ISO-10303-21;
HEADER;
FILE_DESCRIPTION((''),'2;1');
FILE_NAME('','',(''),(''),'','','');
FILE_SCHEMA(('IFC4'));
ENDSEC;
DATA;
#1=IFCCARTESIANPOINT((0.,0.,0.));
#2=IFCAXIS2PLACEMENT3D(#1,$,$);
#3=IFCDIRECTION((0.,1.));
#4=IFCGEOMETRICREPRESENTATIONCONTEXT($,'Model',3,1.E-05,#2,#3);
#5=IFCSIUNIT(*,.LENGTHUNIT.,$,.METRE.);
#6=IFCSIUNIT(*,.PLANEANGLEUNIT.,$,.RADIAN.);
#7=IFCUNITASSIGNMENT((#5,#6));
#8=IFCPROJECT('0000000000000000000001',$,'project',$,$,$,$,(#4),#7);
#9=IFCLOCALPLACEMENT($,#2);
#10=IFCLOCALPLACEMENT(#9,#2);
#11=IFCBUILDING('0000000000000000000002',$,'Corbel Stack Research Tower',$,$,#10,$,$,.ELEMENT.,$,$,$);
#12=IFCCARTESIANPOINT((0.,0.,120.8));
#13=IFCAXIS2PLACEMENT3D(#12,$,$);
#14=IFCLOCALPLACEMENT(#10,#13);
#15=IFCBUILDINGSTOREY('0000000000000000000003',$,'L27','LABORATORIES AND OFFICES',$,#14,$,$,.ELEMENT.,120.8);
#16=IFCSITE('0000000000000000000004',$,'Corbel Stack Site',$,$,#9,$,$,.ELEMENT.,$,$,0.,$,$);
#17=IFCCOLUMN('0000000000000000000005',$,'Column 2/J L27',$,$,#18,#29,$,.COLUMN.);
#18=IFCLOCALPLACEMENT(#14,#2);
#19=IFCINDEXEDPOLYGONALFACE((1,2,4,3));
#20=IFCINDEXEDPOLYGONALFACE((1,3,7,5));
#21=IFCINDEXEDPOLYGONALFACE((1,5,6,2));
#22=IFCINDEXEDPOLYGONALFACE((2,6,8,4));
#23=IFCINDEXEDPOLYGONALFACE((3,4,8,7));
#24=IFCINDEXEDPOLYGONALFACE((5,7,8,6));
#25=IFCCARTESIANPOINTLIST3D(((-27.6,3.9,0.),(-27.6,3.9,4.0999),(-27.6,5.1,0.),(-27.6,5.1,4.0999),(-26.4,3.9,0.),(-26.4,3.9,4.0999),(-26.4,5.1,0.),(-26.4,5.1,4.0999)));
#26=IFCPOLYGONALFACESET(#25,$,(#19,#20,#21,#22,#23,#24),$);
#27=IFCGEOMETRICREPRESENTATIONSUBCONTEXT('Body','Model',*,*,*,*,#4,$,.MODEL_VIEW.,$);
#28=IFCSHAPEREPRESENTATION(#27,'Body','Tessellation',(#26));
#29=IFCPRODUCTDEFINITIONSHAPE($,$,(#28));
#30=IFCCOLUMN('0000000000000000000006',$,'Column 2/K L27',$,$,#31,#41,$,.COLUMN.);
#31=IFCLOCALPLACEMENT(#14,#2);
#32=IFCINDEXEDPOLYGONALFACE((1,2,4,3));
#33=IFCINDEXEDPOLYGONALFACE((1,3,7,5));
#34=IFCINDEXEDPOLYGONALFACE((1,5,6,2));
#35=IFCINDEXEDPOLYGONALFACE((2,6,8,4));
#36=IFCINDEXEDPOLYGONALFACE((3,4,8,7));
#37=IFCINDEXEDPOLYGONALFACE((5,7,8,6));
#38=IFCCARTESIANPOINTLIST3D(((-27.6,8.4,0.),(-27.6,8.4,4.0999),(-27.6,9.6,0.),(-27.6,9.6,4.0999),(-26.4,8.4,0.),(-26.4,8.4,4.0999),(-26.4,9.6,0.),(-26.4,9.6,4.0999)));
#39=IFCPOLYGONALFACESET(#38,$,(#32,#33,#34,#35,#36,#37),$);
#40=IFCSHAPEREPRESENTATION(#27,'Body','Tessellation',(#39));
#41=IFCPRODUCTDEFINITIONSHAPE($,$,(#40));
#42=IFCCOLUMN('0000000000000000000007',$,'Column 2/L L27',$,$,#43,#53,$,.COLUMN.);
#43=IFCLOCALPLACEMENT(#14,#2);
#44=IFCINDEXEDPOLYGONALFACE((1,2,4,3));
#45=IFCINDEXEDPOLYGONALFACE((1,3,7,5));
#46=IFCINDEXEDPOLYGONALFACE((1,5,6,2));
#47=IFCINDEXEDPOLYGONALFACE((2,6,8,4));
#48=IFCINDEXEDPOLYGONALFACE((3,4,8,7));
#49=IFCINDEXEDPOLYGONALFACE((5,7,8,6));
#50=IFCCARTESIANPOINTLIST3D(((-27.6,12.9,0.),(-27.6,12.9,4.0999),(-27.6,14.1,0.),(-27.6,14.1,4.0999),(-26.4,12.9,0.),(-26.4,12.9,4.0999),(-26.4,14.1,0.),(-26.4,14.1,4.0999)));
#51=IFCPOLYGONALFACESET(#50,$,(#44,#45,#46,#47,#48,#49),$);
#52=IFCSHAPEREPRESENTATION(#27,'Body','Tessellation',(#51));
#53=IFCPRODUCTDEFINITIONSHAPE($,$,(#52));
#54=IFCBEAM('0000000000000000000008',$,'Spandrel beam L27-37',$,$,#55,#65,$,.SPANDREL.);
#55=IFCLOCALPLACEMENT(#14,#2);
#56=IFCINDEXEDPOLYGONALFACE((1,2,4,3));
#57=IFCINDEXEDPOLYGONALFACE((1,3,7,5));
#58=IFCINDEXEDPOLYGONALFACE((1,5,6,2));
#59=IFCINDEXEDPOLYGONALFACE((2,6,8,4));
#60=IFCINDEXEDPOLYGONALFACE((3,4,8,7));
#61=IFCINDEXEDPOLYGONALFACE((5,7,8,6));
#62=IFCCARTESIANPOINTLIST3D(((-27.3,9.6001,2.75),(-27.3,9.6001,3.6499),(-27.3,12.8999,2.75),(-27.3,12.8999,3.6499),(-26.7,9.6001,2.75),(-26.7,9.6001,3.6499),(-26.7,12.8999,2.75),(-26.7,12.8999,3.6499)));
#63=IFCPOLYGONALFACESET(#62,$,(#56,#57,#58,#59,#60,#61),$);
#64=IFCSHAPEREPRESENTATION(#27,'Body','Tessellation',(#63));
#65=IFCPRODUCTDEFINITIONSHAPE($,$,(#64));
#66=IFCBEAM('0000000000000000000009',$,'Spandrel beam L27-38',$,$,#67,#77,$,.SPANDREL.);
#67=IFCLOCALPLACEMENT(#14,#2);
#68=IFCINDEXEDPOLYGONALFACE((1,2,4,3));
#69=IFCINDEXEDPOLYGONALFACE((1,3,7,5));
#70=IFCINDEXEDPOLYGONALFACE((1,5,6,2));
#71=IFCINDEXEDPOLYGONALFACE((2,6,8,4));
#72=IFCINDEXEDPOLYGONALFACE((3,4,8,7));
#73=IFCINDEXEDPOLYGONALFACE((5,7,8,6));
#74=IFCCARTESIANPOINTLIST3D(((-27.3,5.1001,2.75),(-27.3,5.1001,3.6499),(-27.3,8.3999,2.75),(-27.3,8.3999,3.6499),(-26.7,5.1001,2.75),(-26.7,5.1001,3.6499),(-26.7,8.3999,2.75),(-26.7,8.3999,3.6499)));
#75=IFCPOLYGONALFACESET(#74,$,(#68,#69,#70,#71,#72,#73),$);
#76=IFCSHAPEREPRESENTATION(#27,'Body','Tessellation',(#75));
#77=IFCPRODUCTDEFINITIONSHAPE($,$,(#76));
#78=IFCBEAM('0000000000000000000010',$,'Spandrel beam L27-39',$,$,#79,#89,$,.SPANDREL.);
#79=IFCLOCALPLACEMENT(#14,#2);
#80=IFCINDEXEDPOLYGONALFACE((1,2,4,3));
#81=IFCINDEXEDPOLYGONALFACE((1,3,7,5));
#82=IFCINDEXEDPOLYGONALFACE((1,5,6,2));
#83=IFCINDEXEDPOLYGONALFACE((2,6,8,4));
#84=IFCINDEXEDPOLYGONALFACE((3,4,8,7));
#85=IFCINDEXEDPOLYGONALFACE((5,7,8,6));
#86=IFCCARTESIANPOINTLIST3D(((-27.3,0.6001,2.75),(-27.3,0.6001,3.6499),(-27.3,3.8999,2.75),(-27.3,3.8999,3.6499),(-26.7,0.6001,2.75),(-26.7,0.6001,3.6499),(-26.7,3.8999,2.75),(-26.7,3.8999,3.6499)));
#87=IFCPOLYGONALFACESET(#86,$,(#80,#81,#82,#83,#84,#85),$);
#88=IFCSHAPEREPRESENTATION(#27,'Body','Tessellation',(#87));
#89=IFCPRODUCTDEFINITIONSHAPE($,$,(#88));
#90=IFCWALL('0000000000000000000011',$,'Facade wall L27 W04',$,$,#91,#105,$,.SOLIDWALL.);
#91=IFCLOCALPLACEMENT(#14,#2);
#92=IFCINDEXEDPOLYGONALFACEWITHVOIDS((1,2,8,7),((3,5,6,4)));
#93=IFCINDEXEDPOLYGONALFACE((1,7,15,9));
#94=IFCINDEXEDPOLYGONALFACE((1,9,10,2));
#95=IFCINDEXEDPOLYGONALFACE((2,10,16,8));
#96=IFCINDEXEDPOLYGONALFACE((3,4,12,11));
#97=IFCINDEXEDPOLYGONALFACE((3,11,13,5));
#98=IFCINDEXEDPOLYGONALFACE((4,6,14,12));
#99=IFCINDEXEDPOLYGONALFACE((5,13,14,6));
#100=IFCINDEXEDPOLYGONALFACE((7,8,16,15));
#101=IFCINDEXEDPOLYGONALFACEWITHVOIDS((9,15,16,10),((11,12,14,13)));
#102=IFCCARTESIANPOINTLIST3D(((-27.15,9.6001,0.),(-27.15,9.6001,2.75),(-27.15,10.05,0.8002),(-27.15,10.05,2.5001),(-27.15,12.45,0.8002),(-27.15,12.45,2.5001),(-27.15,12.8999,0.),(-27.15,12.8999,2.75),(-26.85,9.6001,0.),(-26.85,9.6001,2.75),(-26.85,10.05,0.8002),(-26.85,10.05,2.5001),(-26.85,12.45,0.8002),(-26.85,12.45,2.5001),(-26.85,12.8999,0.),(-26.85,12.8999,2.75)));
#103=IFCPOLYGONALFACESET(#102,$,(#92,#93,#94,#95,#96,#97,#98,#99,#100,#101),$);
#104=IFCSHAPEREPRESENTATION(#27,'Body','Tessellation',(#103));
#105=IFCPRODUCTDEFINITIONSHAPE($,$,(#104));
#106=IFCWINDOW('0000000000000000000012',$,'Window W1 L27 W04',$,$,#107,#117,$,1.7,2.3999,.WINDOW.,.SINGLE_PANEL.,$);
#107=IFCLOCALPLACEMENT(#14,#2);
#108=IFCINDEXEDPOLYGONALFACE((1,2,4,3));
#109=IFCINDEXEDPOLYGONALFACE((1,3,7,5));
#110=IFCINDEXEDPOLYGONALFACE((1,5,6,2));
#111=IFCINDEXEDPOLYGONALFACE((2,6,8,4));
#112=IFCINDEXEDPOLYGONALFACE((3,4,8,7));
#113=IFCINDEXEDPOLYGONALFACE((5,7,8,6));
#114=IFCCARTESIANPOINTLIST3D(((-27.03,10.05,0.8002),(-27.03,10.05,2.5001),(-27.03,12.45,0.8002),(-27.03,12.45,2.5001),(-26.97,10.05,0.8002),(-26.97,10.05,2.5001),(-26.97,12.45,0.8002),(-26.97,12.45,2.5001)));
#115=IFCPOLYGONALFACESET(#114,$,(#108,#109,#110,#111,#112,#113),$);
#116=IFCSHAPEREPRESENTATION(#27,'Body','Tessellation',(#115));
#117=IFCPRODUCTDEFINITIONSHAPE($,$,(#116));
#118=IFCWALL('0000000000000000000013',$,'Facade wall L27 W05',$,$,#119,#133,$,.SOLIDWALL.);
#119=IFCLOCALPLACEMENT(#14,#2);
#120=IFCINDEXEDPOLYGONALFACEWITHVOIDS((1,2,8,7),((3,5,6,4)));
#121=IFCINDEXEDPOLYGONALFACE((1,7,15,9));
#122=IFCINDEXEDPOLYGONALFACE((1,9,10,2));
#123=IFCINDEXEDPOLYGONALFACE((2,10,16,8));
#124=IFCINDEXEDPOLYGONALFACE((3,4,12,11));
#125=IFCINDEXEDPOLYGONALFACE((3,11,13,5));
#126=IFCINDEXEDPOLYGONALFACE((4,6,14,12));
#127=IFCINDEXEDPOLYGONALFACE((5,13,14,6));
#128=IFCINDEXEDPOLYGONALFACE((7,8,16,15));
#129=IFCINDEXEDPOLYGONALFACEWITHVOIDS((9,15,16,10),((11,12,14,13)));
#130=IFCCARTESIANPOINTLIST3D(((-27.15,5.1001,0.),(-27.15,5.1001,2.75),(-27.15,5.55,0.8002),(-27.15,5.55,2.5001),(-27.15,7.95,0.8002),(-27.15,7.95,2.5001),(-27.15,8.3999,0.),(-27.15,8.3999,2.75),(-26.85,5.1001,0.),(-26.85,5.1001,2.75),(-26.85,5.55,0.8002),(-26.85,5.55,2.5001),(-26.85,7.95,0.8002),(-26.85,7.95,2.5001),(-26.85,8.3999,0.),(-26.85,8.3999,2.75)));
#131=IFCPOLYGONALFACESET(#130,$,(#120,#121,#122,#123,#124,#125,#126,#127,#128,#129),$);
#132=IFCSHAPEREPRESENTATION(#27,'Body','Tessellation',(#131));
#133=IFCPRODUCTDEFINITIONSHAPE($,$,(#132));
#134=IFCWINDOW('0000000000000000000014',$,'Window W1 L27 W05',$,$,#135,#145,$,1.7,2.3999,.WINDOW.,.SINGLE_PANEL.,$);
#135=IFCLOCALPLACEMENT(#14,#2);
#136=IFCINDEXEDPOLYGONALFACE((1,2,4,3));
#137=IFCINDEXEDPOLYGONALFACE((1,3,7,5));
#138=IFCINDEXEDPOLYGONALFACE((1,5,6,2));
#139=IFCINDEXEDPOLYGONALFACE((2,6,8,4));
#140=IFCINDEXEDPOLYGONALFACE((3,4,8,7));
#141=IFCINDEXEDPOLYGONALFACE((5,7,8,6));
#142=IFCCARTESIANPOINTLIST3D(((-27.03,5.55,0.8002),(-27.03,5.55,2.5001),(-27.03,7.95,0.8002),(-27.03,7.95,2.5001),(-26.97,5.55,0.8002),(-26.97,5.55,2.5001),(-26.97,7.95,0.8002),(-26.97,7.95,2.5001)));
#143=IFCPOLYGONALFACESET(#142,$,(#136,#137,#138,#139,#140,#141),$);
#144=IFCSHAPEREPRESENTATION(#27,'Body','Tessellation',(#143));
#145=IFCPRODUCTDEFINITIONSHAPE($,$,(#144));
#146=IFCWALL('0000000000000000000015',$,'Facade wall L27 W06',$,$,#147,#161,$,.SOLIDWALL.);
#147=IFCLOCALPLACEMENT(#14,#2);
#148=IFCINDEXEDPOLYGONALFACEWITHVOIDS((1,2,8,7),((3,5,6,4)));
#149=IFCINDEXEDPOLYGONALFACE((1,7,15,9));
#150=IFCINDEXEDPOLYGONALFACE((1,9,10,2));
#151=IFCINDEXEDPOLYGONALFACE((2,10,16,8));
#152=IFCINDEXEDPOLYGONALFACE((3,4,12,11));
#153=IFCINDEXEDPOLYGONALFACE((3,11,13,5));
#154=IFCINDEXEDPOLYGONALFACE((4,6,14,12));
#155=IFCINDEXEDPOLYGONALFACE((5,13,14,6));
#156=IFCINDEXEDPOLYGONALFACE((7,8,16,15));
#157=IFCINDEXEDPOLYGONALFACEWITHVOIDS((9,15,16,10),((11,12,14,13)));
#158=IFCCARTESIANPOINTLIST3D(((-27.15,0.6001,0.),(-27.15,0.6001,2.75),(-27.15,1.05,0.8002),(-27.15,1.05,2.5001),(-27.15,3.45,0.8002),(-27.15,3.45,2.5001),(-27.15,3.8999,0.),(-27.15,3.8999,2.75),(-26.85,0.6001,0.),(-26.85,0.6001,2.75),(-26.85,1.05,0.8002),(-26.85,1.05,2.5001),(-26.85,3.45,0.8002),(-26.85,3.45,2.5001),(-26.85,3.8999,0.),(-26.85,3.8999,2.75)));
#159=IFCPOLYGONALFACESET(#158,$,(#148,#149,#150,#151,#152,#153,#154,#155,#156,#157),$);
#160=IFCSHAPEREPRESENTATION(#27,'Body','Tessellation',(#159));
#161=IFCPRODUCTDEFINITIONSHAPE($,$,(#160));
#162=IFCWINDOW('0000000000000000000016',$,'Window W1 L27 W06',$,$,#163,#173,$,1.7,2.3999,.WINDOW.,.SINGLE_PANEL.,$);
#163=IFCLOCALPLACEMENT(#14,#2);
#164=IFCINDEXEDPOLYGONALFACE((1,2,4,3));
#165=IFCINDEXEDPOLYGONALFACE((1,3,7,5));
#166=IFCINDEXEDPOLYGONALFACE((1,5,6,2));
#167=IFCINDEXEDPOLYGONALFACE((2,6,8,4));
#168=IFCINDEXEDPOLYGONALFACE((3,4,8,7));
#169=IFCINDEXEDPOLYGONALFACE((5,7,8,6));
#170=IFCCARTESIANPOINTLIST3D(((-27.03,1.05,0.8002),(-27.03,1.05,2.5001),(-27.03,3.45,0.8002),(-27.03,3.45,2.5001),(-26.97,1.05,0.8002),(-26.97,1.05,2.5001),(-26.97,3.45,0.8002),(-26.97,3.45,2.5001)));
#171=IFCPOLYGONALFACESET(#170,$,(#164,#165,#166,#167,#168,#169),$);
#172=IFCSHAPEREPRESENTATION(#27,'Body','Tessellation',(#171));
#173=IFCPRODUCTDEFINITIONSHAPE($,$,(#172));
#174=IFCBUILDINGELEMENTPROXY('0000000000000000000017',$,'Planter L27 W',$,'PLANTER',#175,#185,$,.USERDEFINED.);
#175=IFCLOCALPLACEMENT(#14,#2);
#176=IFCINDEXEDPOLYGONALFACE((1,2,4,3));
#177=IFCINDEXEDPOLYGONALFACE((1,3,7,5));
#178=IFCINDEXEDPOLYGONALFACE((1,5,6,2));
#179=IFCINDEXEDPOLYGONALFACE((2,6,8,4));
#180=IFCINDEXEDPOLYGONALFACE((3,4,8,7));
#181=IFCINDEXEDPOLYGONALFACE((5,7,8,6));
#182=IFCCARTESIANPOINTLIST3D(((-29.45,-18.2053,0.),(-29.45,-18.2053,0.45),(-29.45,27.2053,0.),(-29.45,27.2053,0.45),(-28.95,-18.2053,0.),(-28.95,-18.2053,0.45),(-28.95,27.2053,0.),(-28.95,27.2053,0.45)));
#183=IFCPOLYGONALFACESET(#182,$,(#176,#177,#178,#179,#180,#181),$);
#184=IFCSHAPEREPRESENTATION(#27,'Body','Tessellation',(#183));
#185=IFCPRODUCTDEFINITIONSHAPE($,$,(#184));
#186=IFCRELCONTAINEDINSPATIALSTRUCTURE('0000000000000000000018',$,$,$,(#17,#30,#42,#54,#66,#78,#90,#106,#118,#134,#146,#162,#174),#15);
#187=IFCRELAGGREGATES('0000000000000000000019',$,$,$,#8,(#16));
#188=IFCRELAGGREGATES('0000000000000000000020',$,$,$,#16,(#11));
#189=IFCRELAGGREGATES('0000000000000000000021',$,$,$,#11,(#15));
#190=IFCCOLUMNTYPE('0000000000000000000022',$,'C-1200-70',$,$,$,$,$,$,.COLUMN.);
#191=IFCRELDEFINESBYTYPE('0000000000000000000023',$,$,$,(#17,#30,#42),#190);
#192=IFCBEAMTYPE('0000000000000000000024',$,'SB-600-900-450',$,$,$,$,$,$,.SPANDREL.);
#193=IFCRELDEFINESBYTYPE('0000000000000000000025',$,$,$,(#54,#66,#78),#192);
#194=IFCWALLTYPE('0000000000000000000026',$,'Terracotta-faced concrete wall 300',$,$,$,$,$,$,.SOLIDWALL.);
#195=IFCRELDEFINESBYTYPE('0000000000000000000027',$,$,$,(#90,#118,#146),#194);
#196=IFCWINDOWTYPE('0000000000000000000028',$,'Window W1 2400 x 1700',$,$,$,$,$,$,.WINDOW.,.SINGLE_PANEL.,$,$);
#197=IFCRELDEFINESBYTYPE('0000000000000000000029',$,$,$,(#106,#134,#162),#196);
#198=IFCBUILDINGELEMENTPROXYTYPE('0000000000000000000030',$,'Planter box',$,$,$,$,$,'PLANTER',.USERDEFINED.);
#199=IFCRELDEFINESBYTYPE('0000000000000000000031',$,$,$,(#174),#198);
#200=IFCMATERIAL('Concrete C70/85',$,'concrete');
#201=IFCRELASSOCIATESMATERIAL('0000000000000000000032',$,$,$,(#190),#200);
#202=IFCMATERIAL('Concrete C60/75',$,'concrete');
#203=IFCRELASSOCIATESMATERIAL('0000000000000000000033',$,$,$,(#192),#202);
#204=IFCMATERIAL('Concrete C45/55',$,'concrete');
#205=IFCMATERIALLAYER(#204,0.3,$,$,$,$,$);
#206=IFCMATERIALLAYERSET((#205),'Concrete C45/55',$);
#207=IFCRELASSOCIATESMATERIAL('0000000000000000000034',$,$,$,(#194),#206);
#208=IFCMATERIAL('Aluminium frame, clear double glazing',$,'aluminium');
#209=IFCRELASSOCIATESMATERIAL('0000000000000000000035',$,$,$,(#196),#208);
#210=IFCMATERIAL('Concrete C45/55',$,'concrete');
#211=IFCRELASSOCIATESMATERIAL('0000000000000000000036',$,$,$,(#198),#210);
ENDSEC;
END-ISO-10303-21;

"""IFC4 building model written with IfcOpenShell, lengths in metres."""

from ifc_helpers import new_model, si_unit, direction, frame, frame_2d, origin, origin_2d, place, context, subcontext, project, spatial, rectangle, extrude, material, layer, layer_set, material_profile, profile_set, type_object, element, fill, save


model = new_model("IFC4")

# Units and contexts
model_context = context("Model", 3, precision=1e-05, world=origin(), true_north=direction((0.0, 1.0)))
body_context = subcontext(model_context, "Body", "Model", "MODEL_VIEW")
ifc_project = project(units=[si_unit("LENGTHUNIT", "METRE"), si_unit("PLANEANGLEUNIT", "RADIAN")], contexts=[model_context])

# Site, building, storey
site_placement = place(None, origin())
site = spatial("IfcSite", under=ifc_project, at=site_placement, Name="Corbel Stack Site", CompositionType="ELEMENT", RefElevation=0.0)
building_placement = place(site_placement, origin())
building = spatial("IfcBuilding", under=site, at=building_placement, Name="Corbel Stack Research Tower", CompositionType="ELEMENT")
storey_placement = place(building_placement, frame((0.0, 0.0, 120.8)))
storey = spatial("IfcBuildingStorey", under=building, at=storey_placement, Name="L27", Description="LABORATORIES AND OFFICES", CompositionType="ELEMENT", Elevation=120.8)

# Columns
ifc_material_1 = material(Name="Concrete C70/85", Category="concrete")
ifc_material_profile_1 = material_profile(ifc_material_1, rectangle(XDim=1.2, YDim=1.2, at=origin_2d()), Name="RC 1200 x 1200")
ifc_profile_set_1 = profile_set([ifc_material_profile_1], Name="Concrete C70/85")
column_type = type_object("IfcColumnType", Name="C-1200-70", PredefinedType="COLUMN", material=ifc_profile_set_1)
for number, where, z_axis, x_axis, name in (
    (1, (-27.0, 4.5, 0.0), (0.0, 0.0, 1.0), (1.0, 0.0, 0.0), "Column 2/J L27"),
    (2, (-27.0, 9.0, 0.0), (0.0, 0.0, 1.0), (1.0, 0.0, 0.0), "Column 2/K L27"),
    (3, (-27.0, 13.5, 0.0), (0.0, 0.0, 1.0), (1.0, 0.0, 0.0), "Column 2/L L27"),
):
    element("IfcColumn", number, at=place(storey_placement, frame(where, z_axis=z_axis, x_axis=x_axis)), inside=storey, type_object=column_type, Name=name, PredefinedType="COLUMN", context=body_context, shape_type="SweptSolid", body=[
        extrude(rectangle(XDim=1.2, YDim=1.2, at=origin_2d()), origin(), (0.0, 0.0, 1.0), 4.0999),
    ])

# Beams
ifc_material_2 = material(Name="Concrete C60/75", Category="concrete")
ifc_material_profile_2 = material_profile(ifc_material_2, rectangle(XDim=0.6001, YDim=0.8999, at=origin_2d()), Name="RC 600 x 900")
ifc_profile_set_2 = profile_set([ifc_material_profile_2], Name="Concrete C60/75")
beam_type = type_object("IfcBeamType", Name="SB-600-900-450", PredefinedType="SPANDREL", material=ifc_profile_set_2)
for number, where, z_axis, x_axis, name in (
    (4, (-27.0, 12.8999, 3.2), (0.0, -1.0, 0.0), (1.0, 0.0, 0.0), "Spandrel beam L27-37"),
    (5, (-27.0, 8.3999, 3.2), (0.0, -1.0, 0.0), (1.0, 0.0, 0.0), "Spandrel beam L27-38"),
    (6, (-27.0, 3.8999, 3.2), (0.0, -1.0, 0.0), (1.0, 0.0, 0.0), "Spandrel beam L27-39"),
):
    element("IfcBeam", number, at=place(storey_placement, frame(where, z_axis=z_axis, x_axis=x_axis)), inside=storey, type_object=beam_type, Name=name, PredefinedType="SPANDREL", context=body_context, shape_type="SweptSolid", body=[
        extrude(rectangle(XDim=0.6001, YDim=0.8999, at=origin_2d()), origin(), (0.0, 0.0, 1.0), 3.2998),
    ])

# Walls, openings, windows
ifc_material_3 = material(Name="Concrete C45/55", Category="concrete")
ifc_layer = layer(ifc_material_3, 0.3)
ifc_layer_set = layer_set([ifc_layer], Name="Concrete C45/55")
wall_type = type_object("IfcWallType", Name="Terracotta-faced concrete wall 300", PredefinedType="SOLIDWALL", material=ifc_layer_set)
wall_1_placement = place(storey_placement, frame((-27.0, 9.6001, 0.0), z_axis=(0.0, 0.0, 1.0), x_axis=(0.0, 1.0, 0.0)))
wall_1 = element("IfcWall", 7, at=wall_1_placement, inside=storey, type_object=wall_type, Name="Facade wall L27 W04", PredefinedType="SOLIDWALL", context=body_context, shape_type="SweptSolid", body=[
    extrude(rectangle(XDim=3.2998, YDim=0.3, at=frame_2d((1.6499, 0.0))), origin(), (0.0, 0.0, 1.0), 2.75),
])
opening_1_placement = place(wall_1_placement, frame((0.45, 0.0, 0.8)))
opening_1 = element("IfcOpeningElement", 8, at=opening_1_placement, cuts=wall_1, PredefinedType="OPENING", context=body_context, shape_type="SweptSolid", body=[
    extrude(rectangle(XDim=2.3999, YDim=1.7, at=frame_2d((1.2, 0.8501))), frame((0.0, 0.1599, 0.0), z_axis=(0.0, -1.0, 0.0), x_axis=(1.0, 0.0, 0.0)), (0.0, 0.0, 1.0), 0.3201),
])
ifc_material_4 = material(Name="Aluminium frame, clear double glazing", Category="aluminium")
window_type = type_object("IfcWindowType", Name="Window W1 2400 x 1700", PartitioningType="SINGLE_PANEL", PredefinedType="WINDOW", material=ifc_material_4)
window_1_placement = place(opening_1_placement, origin())
window_1 = element("IfcWindow", 9, at=window_1_placement, inside=storey, type_object=window_type, Name="Window W1 L27 W04", OverallHeight=1.7, OverallWidth=2.3999, PartitioningType="SINGLE_PANEL", PredefinedType="WINDOW", context=body_context, shape_type="SweptSolid", body=[
    extrude(rectangle(XDim=2.3999, YDim=1.7, at=frame_2d((1.2, 0.8501))), frame((0.0, 0.03, 0.0), z_axis=(0.0, -1.0, 0.0), x_axis=(1.0, 0.0, 0.0)), (0.0, 0.0, 1.0), 0.0601),
])
fill(opening_1, window_1)
wall_2_placement = place(storey_placement, frame((-27.0, 5.1001, 0.0), z_axis=(0.0, 0.0, 1.0), x_axis=(0.0, 1.0, 0.0)))
wall_2 = element("IfcWall", 10, at=wall_2_placement, inside=storey, type_object=wall_type, Name="Facade wall L27 W05", PredefinedType="SOLIDWALL", context=body_context, shape_type="SweptSolid", body=[
    extrude(rectangle(XDim=3.2998, YDim=0.3, at=frame_2d((1.6499, 0.0))), origin(), (0.0, 0.0, 1.0), 2.75),
])
opening_2_placement = place(wall_2_placement, frame((0.45, 0.0, 0.8)))
opening_2 = element("IfcOpeningElement", 11, at=opening_2_placement, cuts=wall_2, PredefinedType="OPENING", context=body_context, shape_type="SweptSolid", body=[
    extrude(rectangle(XDim=2.3999, YDim=1.7, at=frame_2d((1.2, 0.8501))), frame((0.0, 0.1599, 0.0), z_axis=(0.0, -1.0, 0.0), x_axis=(1.0, 0.0, 0.0)), (0.0, 0.0, 1.0), 0.3201),
])
window_2_placement = place(opening_2_placement, origin())
window_2 = element("IfcWindow", 12, at=window_2_placement, inside=storey, type_object=window_type, Name="Window W1 L27 W05", OverallHeight=1.7, OverallWidth=2.3999, PartitioningType="SINGLE_PANEL", PredefinedType="WINDOW", context=body_context, shape_type="SweptSolid", body=[
    extrude(rectangle(XDim=2.3999, YDim=1.7, at=frame_2d((1.2, 0.8501))), frame((0.0, 0.03, 0.0), z_axis=(0.0, -1.0, 0.0), x_axis=(1.0, 0.0, 0.0)), (0.0, 0.0, 1.0), 0.0601),
])
fill(opening_2, window_2)
wall_3_placement = place(storey_placement, frame((-27.0, 0.6001, 0.0), z_axis=(0.0, 0.0, 1.0), x_axis=(0.0, 1.0, 0.0)))
wall_3 = element("IfcWall", 13, at=wall_3_placement, inside=storey, type_object=wall_type, Name="Facade wall L27 W06", PredefinedType="SOLIDWALL", context=body_context, shape_type="SweptSolid", body=[
    extrude(rectangle(XDim=3.2998, YDim=0.3, at=frame_2d((1.6499, 0.0))), origin(), (0.0, 0.0, 1.0), 2.75),
])
opening_3_placement = place(wall_3_placement, frame((0.45, 0.0, 0.8)))
opening_3 = element("IfcOpeningElement", 14, at=opening_3_placement, cuts=wall_3, PredefinedType="OPENING", context=body_context, shape_type="SweptSolid", body=[
    extrude(rectangle(XDim=2.3999, YDim=1.7, at=frame_2d((1.2, 0.8501))), frame((0.0, 0.1599, 0.0), z_axis=(0.0, -1.0, 0.0), x_axis=(1.0, 0.0, 0.0)), (0.0, 0.0, 1.0), 0.3201),
])
window_3_placement = place(opening_3_placement, origin())
window_3 = element("IfcWindow", 15, at=window_3_placement, inside=storey, type_object=window_type, Name="Window W1 L27 W06", OverallHeight=1.7, OverallWidth=2.3999, PartitioningType="SINGLE_PANEL", PredefinedType="WINDOW", context=body_context, shape_type="SweptSolid", body=[
    extrude(rectangle(XDim=2.3999, YDim=1.7, at=frame_2d((1.2, 0.8501))), frame((0.0, 0.03, 0.0), z_axis=(0.0, -1.0, 0.0), x_axis=(1.0, 0.0, 0.0)), (0.0, 0.0, 1.0), 0.0601),
])
fill(opening_3, window_3)

# Building element proxy
ifc_material_5 = material(Name="Concrete C45/55", Category="concrete")
building_element_proxy_type = type_object("IfcBuildingElementProxyType", Name="Planter box", ElementType="PLANTER", PredefinedType="USERDEFINED", material=ifc_material_5)
proxy_placement = place(storey_placement, frame((-29.2, 4.5, 0.0), z_axis=(0.0, 0.0, 1.0), x_axis=(0.0, -1.0, 0.0)))
element("IfcBuildingElementProxy", 16, at=proxy_placement, inside=storey, type_object=building_element_proxy_type, Name="Planter L27 W", ObjectType="PLANTER", PredefinedType="USERDEFINED", context=body_context, shape_type="SweptSolid", body=[
    extrude(rectangle(XDim=45.4106, YDim=0.5, at=origin_2d()), origin(), (0.0, 0.0, 1.0), 0.45),
])

save(model, "model.ifc")
